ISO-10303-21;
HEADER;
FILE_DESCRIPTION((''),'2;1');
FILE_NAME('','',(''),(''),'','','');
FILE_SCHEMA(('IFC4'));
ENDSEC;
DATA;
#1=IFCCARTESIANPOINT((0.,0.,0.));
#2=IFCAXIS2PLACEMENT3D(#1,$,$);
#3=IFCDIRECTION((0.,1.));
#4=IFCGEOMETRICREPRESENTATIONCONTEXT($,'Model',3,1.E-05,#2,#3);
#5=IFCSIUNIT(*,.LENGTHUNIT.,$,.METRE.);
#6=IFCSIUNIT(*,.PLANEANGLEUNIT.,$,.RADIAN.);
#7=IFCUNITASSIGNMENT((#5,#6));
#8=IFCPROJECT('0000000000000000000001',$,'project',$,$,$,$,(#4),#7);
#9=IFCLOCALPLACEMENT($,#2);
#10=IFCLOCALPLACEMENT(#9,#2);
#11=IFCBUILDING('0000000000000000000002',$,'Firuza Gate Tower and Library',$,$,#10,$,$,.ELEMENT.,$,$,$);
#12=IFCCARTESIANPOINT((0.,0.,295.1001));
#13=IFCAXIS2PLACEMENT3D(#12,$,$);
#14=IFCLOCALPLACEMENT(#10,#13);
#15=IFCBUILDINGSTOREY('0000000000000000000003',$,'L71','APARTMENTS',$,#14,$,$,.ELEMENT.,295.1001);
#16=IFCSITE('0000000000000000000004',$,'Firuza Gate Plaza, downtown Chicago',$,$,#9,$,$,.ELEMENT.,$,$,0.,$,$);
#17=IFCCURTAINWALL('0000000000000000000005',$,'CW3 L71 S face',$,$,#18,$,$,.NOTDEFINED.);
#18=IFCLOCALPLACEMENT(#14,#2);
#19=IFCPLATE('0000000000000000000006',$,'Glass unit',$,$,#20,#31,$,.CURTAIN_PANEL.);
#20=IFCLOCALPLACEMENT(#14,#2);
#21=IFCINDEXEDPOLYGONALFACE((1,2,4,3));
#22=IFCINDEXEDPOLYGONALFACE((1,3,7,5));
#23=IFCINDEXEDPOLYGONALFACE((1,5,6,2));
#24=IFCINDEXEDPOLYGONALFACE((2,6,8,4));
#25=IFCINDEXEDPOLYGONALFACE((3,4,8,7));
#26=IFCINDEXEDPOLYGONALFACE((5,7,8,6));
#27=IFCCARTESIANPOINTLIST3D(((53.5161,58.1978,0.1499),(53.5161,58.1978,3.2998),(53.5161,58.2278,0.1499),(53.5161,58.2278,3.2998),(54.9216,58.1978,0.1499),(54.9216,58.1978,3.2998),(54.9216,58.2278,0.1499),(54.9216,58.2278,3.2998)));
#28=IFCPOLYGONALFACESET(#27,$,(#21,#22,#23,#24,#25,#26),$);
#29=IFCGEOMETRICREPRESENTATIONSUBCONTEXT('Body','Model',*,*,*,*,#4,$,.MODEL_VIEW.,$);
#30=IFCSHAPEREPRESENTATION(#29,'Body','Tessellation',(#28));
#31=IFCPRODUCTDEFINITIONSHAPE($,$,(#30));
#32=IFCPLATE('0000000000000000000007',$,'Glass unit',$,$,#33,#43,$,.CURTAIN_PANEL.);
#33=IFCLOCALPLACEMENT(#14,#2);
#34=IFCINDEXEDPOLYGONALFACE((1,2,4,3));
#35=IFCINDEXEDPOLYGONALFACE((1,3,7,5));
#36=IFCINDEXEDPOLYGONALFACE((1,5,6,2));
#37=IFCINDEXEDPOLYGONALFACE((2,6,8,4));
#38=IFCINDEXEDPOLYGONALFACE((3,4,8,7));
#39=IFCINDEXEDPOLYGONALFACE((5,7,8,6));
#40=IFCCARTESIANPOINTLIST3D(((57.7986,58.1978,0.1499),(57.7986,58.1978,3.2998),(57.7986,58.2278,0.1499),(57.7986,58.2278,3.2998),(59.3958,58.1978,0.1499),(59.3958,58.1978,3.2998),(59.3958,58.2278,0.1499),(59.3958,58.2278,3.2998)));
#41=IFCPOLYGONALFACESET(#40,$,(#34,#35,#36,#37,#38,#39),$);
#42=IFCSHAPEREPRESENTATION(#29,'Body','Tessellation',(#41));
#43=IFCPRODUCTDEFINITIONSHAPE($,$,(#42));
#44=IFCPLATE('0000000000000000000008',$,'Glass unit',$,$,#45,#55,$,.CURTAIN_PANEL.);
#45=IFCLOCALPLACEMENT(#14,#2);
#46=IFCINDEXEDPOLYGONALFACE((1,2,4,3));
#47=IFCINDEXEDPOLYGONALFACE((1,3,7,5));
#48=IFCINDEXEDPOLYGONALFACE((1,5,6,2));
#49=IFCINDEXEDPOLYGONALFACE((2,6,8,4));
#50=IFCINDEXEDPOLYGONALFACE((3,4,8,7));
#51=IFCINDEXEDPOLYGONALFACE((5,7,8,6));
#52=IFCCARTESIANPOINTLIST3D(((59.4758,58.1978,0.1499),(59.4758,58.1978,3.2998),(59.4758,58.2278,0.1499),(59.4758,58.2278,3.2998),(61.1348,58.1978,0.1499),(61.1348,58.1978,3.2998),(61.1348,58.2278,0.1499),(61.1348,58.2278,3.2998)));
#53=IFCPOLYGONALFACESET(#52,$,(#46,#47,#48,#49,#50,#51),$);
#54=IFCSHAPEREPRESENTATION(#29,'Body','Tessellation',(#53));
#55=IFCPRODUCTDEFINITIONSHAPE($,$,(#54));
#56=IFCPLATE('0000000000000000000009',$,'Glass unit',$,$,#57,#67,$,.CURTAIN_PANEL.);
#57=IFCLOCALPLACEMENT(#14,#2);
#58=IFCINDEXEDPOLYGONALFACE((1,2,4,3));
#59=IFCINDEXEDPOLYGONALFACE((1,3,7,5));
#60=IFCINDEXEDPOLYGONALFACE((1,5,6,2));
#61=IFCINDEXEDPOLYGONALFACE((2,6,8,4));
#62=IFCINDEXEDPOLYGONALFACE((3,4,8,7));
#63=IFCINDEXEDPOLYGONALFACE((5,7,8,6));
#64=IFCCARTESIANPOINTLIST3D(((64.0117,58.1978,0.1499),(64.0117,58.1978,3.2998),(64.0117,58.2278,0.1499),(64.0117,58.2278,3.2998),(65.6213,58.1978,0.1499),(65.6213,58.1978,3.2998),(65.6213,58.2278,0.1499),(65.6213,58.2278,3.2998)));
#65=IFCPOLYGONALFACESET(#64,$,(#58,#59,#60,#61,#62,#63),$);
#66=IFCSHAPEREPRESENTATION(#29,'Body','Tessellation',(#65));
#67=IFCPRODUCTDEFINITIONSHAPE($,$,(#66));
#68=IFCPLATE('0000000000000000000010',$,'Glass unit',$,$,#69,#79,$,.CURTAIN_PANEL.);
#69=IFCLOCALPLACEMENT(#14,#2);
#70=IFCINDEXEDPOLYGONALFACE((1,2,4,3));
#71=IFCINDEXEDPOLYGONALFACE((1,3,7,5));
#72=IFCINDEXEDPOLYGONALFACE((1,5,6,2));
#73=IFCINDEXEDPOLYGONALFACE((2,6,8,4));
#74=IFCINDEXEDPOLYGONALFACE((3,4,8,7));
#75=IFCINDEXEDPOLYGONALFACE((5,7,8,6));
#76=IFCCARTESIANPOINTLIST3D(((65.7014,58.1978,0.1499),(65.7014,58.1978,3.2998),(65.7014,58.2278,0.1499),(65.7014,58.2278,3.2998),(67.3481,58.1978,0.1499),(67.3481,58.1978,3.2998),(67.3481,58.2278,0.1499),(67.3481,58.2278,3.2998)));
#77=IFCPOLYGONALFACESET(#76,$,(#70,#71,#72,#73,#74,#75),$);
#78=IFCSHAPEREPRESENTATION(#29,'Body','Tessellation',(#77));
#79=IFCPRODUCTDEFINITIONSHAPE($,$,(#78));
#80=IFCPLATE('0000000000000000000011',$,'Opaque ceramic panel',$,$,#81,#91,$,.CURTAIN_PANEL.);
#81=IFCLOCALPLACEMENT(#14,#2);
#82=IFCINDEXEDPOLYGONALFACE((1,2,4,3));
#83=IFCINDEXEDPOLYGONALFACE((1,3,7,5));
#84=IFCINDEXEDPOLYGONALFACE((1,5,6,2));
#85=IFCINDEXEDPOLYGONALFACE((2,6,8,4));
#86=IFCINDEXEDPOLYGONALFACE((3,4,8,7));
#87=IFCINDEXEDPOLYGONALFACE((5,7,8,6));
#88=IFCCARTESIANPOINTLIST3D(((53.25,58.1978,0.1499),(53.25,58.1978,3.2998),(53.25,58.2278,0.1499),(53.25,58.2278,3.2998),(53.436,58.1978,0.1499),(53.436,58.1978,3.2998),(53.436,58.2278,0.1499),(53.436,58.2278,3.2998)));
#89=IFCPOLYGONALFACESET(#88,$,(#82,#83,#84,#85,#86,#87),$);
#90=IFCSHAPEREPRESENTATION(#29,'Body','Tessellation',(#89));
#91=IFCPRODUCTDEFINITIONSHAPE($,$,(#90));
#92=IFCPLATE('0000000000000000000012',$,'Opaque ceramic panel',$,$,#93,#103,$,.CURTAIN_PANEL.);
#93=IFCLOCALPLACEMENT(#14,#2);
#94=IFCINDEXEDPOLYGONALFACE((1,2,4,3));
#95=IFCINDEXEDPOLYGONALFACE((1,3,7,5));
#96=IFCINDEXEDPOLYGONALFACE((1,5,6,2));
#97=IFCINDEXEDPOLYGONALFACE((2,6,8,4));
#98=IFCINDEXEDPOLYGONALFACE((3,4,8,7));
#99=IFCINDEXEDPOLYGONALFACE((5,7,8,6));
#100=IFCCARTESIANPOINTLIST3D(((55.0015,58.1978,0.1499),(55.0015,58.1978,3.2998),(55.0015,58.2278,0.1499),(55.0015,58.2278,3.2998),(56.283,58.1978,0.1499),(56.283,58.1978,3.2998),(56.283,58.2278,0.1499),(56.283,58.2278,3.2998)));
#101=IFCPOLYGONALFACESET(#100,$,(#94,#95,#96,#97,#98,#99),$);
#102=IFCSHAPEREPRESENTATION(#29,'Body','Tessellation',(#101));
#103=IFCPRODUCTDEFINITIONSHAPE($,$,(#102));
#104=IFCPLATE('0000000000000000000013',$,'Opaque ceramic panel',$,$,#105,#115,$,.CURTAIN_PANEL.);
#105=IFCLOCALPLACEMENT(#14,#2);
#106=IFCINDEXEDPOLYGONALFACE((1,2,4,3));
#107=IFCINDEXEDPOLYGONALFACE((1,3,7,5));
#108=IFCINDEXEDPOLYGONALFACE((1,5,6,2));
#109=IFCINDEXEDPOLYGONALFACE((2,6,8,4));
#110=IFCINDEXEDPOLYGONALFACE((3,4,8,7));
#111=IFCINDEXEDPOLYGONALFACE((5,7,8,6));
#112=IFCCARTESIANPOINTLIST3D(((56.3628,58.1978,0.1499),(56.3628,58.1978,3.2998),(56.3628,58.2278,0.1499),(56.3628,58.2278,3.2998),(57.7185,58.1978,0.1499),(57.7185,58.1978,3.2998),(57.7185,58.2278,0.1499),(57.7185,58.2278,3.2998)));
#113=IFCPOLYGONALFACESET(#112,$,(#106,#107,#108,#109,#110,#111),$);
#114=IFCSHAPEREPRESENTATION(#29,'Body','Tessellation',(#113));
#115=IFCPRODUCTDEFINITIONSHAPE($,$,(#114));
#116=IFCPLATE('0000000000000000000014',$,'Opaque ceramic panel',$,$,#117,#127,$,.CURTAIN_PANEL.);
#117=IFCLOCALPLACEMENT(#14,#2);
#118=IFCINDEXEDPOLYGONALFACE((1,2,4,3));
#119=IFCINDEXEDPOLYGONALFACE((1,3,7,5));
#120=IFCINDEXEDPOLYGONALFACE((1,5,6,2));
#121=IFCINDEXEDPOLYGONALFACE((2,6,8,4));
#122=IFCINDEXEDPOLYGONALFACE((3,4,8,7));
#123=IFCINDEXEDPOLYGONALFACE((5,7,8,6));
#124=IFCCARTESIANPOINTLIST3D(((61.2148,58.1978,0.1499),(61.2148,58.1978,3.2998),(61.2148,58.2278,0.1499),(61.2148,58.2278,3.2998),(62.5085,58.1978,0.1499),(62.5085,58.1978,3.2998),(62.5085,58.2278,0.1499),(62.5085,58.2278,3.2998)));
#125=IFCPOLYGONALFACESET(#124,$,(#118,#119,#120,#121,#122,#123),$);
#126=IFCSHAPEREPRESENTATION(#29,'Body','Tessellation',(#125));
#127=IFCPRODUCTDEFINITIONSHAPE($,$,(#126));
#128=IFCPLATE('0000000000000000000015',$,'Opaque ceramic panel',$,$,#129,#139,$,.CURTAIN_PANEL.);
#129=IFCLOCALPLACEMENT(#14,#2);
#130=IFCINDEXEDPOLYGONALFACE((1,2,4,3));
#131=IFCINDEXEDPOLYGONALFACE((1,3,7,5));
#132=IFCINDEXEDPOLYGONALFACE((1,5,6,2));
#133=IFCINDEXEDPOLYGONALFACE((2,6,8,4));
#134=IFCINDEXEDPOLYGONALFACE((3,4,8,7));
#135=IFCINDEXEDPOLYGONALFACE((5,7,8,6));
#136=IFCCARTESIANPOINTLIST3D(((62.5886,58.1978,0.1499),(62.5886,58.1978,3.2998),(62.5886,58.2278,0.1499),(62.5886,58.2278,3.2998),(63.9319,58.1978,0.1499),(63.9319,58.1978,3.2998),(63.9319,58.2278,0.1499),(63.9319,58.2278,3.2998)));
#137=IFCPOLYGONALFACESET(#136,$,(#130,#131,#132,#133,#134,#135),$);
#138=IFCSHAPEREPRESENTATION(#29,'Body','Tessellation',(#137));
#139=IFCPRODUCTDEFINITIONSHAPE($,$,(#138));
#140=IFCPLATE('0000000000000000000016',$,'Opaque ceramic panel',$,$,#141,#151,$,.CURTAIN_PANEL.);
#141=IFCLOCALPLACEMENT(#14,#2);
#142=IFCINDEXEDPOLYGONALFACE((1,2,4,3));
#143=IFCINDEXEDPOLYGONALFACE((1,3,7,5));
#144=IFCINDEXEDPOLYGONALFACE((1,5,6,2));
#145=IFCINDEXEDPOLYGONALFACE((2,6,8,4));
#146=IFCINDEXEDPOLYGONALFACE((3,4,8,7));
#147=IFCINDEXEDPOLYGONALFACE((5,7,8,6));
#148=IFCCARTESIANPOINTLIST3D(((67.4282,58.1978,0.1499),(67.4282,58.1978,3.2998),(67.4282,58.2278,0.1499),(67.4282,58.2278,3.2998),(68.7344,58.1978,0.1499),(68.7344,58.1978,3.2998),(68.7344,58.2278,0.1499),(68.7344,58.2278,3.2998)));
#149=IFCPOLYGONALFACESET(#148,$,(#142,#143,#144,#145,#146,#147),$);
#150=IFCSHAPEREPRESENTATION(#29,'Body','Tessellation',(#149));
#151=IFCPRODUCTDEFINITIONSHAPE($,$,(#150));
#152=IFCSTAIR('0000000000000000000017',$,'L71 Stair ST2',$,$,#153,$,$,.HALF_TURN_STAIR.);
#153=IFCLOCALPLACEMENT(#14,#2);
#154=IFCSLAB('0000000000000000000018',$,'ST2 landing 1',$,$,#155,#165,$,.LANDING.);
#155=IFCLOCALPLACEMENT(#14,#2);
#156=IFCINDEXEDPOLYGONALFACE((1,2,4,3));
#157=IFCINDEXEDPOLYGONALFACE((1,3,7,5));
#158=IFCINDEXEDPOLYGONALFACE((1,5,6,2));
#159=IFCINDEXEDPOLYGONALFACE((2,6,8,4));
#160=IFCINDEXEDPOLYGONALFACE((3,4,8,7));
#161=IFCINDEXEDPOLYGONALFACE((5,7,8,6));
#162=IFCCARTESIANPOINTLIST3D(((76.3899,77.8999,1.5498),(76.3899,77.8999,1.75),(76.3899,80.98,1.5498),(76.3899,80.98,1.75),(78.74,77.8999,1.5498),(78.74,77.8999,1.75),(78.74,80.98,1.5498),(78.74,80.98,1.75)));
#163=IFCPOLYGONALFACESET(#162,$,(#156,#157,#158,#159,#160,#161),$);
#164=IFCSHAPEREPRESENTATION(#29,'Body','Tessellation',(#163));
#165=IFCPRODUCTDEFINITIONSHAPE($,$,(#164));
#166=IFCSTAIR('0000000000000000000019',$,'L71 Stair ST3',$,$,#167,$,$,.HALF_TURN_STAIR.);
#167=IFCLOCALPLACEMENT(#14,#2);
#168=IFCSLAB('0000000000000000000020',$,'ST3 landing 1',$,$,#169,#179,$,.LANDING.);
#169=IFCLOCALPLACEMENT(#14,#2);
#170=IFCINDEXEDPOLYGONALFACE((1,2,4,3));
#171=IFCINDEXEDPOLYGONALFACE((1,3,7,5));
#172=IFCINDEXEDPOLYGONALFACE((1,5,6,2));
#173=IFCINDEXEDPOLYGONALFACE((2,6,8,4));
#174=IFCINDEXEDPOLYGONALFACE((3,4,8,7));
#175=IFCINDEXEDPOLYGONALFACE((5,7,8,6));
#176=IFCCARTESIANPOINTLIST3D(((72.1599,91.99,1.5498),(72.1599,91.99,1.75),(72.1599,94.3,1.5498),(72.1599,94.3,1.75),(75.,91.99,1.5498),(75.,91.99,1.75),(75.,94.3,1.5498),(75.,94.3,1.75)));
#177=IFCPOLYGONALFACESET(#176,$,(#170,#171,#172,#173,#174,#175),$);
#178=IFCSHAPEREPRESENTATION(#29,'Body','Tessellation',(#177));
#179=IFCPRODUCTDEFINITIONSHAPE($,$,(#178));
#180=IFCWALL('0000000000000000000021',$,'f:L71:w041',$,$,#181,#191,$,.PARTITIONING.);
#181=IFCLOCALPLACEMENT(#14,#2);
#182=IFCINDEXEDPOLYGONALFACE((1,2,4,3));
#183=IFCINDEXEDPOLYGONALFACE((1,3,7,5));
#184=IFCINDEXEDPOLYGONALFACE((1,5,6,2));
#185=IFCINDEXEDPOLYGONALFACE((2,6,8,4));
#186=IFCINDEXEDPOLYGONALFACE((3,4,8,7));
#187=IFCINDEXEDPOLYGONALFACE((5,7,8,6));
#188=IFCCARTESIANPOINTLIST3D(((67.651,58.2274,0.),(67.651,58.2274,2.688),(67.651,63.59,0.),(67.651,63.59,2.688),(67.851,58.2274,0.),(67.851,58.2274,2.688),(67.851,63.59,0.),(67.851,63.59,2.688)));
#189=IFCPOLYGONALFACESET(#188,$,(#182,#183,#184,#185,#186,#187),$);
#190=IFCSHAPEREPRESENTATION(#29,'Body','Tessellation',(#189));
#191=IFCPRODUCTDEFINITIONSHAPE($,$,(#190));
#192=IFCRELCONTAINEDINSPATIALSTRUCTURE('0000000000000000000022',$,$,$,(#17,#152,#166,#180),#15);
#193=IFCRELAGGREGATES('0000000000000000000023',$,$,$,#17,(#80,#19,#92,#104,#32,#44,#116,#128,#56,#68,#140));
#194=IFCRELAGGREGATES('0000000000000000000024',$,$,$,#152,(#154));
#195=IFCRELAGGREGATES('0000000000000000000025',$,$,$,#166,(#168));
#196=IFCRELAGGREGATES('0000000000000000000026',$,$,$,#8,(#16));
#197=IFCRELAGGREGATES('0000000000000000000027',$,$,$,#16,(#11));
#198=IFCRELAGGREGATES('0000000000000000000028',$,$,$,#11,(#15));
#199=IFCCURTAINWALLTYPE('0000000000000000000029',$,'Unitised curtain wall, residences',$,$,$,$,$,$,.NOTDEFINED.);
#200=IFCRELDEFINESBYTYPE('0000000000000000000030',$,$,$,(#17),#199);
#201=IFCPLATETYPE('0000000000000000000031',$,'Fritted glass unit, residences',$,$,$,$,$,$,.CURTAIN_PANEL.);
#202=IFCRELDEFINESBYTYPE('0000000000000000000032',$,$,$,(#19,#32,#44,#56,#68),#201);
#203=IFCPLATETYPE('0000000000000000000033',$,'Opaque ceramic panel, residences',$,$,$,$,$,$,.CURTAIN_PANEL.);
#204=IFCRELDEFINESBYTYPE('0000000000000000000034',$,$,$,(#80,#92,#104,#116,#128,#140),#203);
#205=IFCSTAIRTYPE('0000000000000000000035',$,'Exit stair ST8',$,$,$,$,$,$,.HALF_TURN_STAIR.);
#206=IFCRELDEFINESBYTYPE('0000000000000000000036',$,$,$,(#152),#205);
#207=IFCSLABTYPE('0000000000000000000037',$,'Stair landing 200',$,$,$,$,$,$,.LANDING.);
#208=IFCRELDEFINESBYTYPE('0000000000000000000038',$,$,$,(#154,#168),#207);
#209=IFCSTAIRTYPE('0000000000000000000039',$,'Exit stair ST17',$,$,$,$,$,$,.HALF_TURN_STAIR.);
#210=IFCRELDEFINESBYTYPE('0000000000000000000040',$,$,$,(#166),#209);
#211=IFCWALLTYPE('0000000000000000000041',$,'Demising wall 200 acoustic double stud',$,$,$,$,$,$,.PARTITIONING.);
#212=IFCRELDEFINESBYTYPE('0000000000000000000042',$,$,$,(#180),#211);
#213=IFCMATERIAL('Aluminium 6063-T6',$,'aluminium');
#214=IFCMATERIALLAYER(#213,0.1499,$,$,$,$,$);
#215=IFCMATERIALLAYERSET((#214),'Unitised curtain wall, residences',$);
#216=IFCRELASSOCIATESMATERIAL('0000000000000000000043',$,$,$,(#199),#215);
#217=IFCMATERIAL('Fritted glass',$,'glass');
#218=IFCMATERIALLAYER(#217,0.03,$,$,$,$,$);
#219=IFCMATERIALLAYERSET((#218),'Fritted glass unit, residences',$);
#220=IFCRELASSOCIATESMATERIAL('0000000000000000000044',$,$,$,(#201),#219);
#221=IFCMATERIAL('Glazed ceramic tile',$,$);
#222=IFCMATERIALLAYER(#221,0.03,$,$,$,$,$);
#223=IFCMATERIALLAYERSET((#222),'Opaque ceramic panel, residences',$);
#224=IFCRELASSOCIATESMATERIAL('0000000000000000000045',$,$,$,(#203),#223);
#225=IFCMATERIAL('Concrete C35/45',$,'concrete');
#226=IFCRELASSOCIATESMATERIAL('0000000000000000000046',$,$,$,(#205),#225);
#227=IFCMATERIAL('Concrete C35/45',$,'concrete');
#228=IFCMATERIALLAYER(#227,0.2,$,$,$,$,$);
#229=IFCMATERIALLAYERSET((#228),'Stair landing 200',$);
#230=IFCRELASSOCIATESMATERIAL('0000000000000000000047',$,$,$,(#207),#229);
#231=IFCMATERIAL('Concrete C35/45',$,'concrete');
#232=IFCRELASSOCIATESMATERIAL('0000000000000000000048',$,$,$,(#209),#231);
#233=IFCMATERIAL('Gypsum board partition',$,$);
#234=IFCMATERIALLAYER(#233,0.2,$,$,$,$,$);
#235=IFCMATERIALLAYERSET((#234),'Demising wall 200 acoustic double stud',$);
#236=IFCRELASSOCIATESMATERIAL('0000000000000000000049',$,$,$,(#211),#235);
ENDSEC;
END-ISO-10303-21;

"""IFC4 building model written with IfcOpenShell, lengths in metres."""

from ifc_helpers import new_model, si_unit, direction, frame, frame_2d, origin, place, context, subcontext, project, spatial, polyline, rectangle, outline, extrude, material, layer, layer_set, type_object, element, aggregate, save


model = new_model("IFC4")

# Units and contexts
model_context = context("Model", 3, precision=1e-05, world=origin(), true_north=direction((0.0, 1.0)))
body_context = subcontext(model_context, "Body", "Model", "MODEL_VIEW")
ifc_project = project(units=[si_unit("LENGTHUNIT", "METRE"), si_unit("PLANEANGLEUNIT", "RADIAN")], contexts=[model_context])

# Site, building, storey
site_placement = place(None, origin())
site = spatial("IfcSite", under=ifc_project, at=site_placement, Name="Firuza Gate Plaza, downtown Chicago", CompositionType="ELEMENT", RefElevation=0.0)
building_placement = place(site_placement, origin())
building = spatial("IfcBuilding", under=site, at=building_placement, Name="Firuza Gate Tower and Library", CompositionType="ELEMENT")
storey_placement = place(building_placement, frame((0.0, 0.0, 295.1001)))
storey = spatial("IfcBuildingStorey", under=building, at=storey_placement, Name="L71", Description="APARTMENTS", CompositionType="ELEMENT", Elevation=295.1001)

# Curtain wall
ifc_material_1 = material(Name="Aluminium 6063-T6", Category="aluminium")
ifc_layer_1 = layer(ifc_material_1, 0.1499)
ifc_layer_set_1 = layer_set([ifc_layer_1], Name="Unitised curtain wall, residences")
curtain_wall_type_1 = type_object("IfcCurtainWallType", Name="Unitised curtain wall, residences", PredefinedType="NOTDEFINED", material=ifc_layer_set_1)
placement_1 = place(storey_placement, origin())
curtain_wall_1 = element("IfcCurtainWall", 1, at=placement_1, inside=storey, type_object=curtain_wall_type_1, Name="CW3 L71 S face", PredefinedType="NOTDEFINED")

# Plates
ifc_material_2 = material(Name="Fritted glass", Category="glass")
ifc_layer_2 = layer(ifc_material_2, 0.03)
ifc_layer_set_2 = layer_set([ifc_layer_2], Name="Fritted glass unit, residences")
plate_type_1 = type_object("IfcPlateType", Name="Fritted glass unit, residences", PredefinedType="CURTAIN_PANEL", material=ifc_layer_set_2)
plate_1_placement = place(storey_placement, frame((53.5161, 58.1978, 0.1499), z_axis=(0.0, -1.0, 0.0), x_axis=(1.0, 0.0, 0.0)))
plate_1 = element("IfcPlate", 2, at=plate_1_placement, type_object=plate_type_1, Name="Glass unit", PredefinedType="CURTAIN_PANEL", context=body_context, shape_type="SweptSolid", body=[
    extrude(outline(polyline([(0.0, 0.0), (1.4055, 0.0), (1.4055, 3.1499), (0.0, 3.1499), (0.0, 0.0)])), origin(), (0.0, 0.0, -1.0), 0.03),
])
plate_2_placement = place(storey_placement, frame((57.7986, 58.1978, 0.1499), z_axis=(0.0, -1.0, 0.0), x_axis=(1.0, 0.0, 0.0)))
plate_2 = element("IfcPlate", 3, at=plate_2_placement, type_object=plate_type_1, Name="Glass unit", PredefinedType="CURTAIN_PANEL", context=body_context, shape_type="SweptSolid", body=[
    extrude(outline(polyline([(0.0, 0.0), (1.5972, 0.0), (1.5972, 3.1499), (0.0, 3.1499), (0.0, 0.0)])), origin(), (0.0, 0.0, -1.0), 0.03),
])
plate_3_placement = place(storey_placement, frame((59.4758, 58.1978, 0.1499), z_axis=(0.0, -1.0, 0.0), x_axis=(1.0, 0.0, 0.0)))
plate_3 = element("IfcPlate", 4, at=plate_3_placement, type_object=plate_type_1, Name="Glass unit", PredefinedType="CURTAIN_PANEL", context=body_context, shape_type="SweptSolid", body=[
    extrude(outline(polyline([(0.0, 0.0), (1.6589, 0.0), (1.6589, 3.1499), (0.0, 3.1499), (0.0, 0.0)])), origin(), (0.0, 0.0, -1.0), 0.03),
])
plate_4_placement = place(storey_placement, frame((64.0117, 58.1978, 0.1499), z_axis=(0.0, -1.0, 0.0), x_axis=(1.0, 0.0, 0.0)))
plate_4 = element("IfcPlate", 5, at=plate_4_placement, type_object=plate_type_1, Name="Glass unit", PredefinedType="CURTAIN_PANEL", context=body_context, shape_type="SweptSolid", body=[
    extrude(outline(polyline([(0.0, 0.0), (1.6096, 0.0), (1.6096, 3.1499), (0.0, 3.1499), (0.0, 0.0)])), origin(), (0.0, 0.0, -1.0), 0.03),
])
plate_5_placement = place(storey_placement, frame((65.7014, 58.1978, 0.1499), z_axis=(0.0, -1.0, 0.0), x_axis=(1.0, 0.0, 0.0)))
plate_5 = element("IfcPlate", 6, at=plate_5_placement, type_object=plate_type_1, Name="Glass unit", PredefinedType="CURTAIN_PANEL", context=body_context, shape_type="SweptSolid", body=[
    extrude(outline(polyline([(0.0, 0.0), (1.6467, 0.0), (1.6467, 3.1499), (0.0, 3.1499), (0.0, 0.0)])), origin(), (0.0, 0.0, -1.0), 0.03),
])
ifc_material_3 = material(Name="Glazed ceramic tile")
ifc_layer_3 = layer(ifc_material_3, 0.03)
ifc_layer_set_3 = layer_set([ifc_layer_3], Name="Opaque ceramic panel, residences")
plate_type_2 = type_object("IfcPlateType", Name="Opaque ceramic panel, residences", PredefinedType="CURTAIN_PANEL", material=ifc_layer_set_3)
plate_6_placement = place(storey_placement, frame((53.25, 58.1978, 0.1499), z_axis=(0.0, -1.0, 0.0), x_axis=(1.0, 0.0, 0.0)))
plate_6 = element("IfcPlate", 7, at=plate_6_placement, type_object=plate_type_2, Name="Opaque ceramic panel", PredefinedType="CURTAIN_PANEL", context=body_context, shape_type="SweptSolid", body=[
    extrude(outline(polyline([(0.0, 0.0), (0.186, 0.0), (0.186, 3.1499), (0.0, 3.1499), (0.0, 0.0)])), origin(), (0.0, 0.0, -1.0), 0.03),
])
plate_7_placement = place(storey_placement, frame((55.0015, 58.1978, 0.1499), z_axis=(0.0, -1.0, 0.0), x_axis=(1.0, 0.0, 0.0)))
plate_7 = element("IfcPlate", 8, at=plate_7_placement, type_object=plate_type_2, Name="Opaque ceramic panel", PredefinedType="CURTAIN_PANEL", context=body_context, shape_type="SweptSolid", body=[
    extrude(outline(polyline([(0.0, 0.0), (1.2815, 0.0), (1.2815, 3.1499), (0.0, 3.1499), (0.0, 0.0)])), origin(), (0.0, 0.0, -1.0), 0.03),
])
plate_8_placement = place(storey_placement, frame((56.3628, 58.1978, 0.1499), z_axis=(0.0, -1.0, 0.0), x_axis=(1.0, 0.0, 0.0)))
plate_8 = element("IfcPlate", 9, at=plate_8_placement, type_object=plate_type_2, Name="Opaque ceramic panel", PredefinedType="CURTAIN_PANEL", context=body_context, shape_type="SweptSolid", body=[
    extrude(outline(polyline([(0.0, 0.0), (1.3557, 0.0), (1.3557, 3.1499), (0.0, 3.1499), (0.0, 0.0)])), origin(), (0.0, 0.0, -1.0), 0.03),
])
plate_9_placement = place(storey_placement, frame((61.2148, 58.1978, 0.1499), z_axis=(0.0, -1.0, 0.0), x_axis=(1.0, 0.0, 0.0)))
plate_9 = element("IfcPlate", 10, at=plate_9_placement, type_object=plate_type_2, Name="Opaque ceramic panel", PredefinedType="CURTAIN_PANEL", context=body_context, shape_type="SweptSolid", body=[
    extrude(outline(polyline([(0.0, 0.0), (1.2937, 0.0), (1.2937, 3.1499), (0.0, 3.1499), (0.0, 0.0)])), origin(), (0.0, 0.0, -1.0), 0.03),
])
plate_10_placement = place(storey_placement, frame((62.5886, 58.1978, 0.1499), z_axis=(0.0, -1.0, 0.0), x_axis=(1.0, 0.0, 0.0)))
plate_10 = element("IfcPlate", 11, at=plate_10_placement, type_object=plate_type_2, Name="Opaque ceramic panel", PredefinedType="CURTAIN_PANEL", context=body_context, shape_type="SweptSolid", body=[
    extrude(outline(polyline([(0.0, 0.0), (1.3433, 0.0), (1.3433, 3.1499), (0.0, 3.1499), (0.0, 0.0)])), origin(), (0.0, 0.0, -1.0), 0.03),
])
plate_11_placement = place(storey_placement, frame((67.4282, 58.1978, 0.1499), z_axis=(0.0, -1.0, 0.0), x_axis=(1.0, 0.0, 0.0)))
plate_11 = element("IfcPlate", 12, at=plate_11_placement, type_object=plate_type_2, Name="Opaque ceramic panel", PredefinedType="CURTAIN_PANEL", context=body_context, shape_type="SweptSolid", body=[
    extrude(outline(polyline([(0.0, 0.0), (1.3062, 0.0), (1.3062, 3.1499), (0.0, 3.1499), (0.0, 0.0)])), origin(), (0.0, 0.0, -1.0), 0.03),
])
aggregate(curtain_wall_1, [plate_6, plate_1, plate_7, plate_8, plate_2, plate_3, plate_9, plate_10, plate_4, plate_5, plate_11])

# Stairs, slabs
ifc_material_4 = material(Name="Concrete C35/45", Category="concrete")
stair_type_1 = type_object("IfcStairType", Name="Exit stair ST8", PredefinedType="HALF_TURN_STAIR", material=ifc_material_4)
stair_1 = element("IfcStair", 13, at=placement_1, inside=storey, type_object=stair_type_1, Name="L71 Stair ST2", PredefinedType="HALF_TURN_STAIR")
ifc_material_5 = material(Name="Concrete C35/45", Category="concrete")
ifc_layer_4 = layer(ifc_material_5, 0.2)
ifc_layer_set_4 = layer_set([ifc_layer_4], Name="Stair landing 200")
slab_type = type_object("IfcSlabType", Name="Stair landing 200", PredefinedType="LANDING", material=ifc_layer_set_4)
placement_2 = place(storey_placement, frame((0.0, 0.0, 1.5498)))
slab_1 = element("IfcSlab", 14, at=placement_2, type_object=slab_type, Name="ST2 landing 1", PredefinedType="LANDING", context=body_context, shape_type="SweptSolid", body=[
    extrude(outline(polyline([(78.74, 80.98), (76.3899, 80.98), (76.3899, 77.8999), (78.74, 77.8999), (78.74, 80.98)])), origin(), (0.0, 0.0, 1.0), 0.2002),
])
aggregate(stair_1, [slab_1])
ifc_material_6 = material(Name="Concrete C35/45", Category="concrete")
stair_type_2 = type_object("IfcStairType", Name="Exit stair ST17", PredefinedType="HALF_TURN_STAIR", material=ifc_material_6)
stair_2 = element("IfcStair", 15, at=placement_1, inside=storey, type_object=stair_type_2, Name="L71 Stair ST3", PredefinedType="HALF_TURN_STAIR")
slab_2 = element("IfcSlab", 16, at=placement_2, type_object=slab_type, Name="ST3 landing 1", PredefinedType="LANDING", context=body_context, shape_type="SweptSolid", body=[
    extrude(outline(polyline([(75.0, 91.99), (75.0, 94.3), (72.1599, 94.3), (72.1599, 91.99), (75.0, 91.99)])), origin(), (0.0, 0.0, 1.0), 0.2002),
])
aggregate(stair_2, [slab_2])

# Wall
ifc_material_7 = material(Name="Gypsum board partition")
ifc_layer_5 = layer(ifc_material_7, 0.2)
ifc_layer_set_5 = layer_set([ifc_layer_5], Name="Demising wall 200 acoustic double stud")
wall_type = type_object("IfcWallType", Name="Demising wall 200 acoustic double stud", PredefinedType="PARTITIONING", material=ifc_layer_set_5)
wall_placement = place(storey_placement, frame((67.751, 58.2275, 0.0), z_axis=(0.0, 0.0, 1.0), x_axis=(0.0, 1.0, 0.0)))
element("IfcWall", 17, at=wall_placement, inside=storey, type_object=wall_type, Name="f:L71:w041", PredefinedType="PARTITIONING", context=body_context, shape_type="SweptSolid", body=[
    extrude(rectangle(XDim=5.3625, YDim=0.2, at=frame_2d((2.6812, 0.0))), origin(), (0.0, 0.0, 1.0), 2.688),
])

save(model, "model.ifc")
